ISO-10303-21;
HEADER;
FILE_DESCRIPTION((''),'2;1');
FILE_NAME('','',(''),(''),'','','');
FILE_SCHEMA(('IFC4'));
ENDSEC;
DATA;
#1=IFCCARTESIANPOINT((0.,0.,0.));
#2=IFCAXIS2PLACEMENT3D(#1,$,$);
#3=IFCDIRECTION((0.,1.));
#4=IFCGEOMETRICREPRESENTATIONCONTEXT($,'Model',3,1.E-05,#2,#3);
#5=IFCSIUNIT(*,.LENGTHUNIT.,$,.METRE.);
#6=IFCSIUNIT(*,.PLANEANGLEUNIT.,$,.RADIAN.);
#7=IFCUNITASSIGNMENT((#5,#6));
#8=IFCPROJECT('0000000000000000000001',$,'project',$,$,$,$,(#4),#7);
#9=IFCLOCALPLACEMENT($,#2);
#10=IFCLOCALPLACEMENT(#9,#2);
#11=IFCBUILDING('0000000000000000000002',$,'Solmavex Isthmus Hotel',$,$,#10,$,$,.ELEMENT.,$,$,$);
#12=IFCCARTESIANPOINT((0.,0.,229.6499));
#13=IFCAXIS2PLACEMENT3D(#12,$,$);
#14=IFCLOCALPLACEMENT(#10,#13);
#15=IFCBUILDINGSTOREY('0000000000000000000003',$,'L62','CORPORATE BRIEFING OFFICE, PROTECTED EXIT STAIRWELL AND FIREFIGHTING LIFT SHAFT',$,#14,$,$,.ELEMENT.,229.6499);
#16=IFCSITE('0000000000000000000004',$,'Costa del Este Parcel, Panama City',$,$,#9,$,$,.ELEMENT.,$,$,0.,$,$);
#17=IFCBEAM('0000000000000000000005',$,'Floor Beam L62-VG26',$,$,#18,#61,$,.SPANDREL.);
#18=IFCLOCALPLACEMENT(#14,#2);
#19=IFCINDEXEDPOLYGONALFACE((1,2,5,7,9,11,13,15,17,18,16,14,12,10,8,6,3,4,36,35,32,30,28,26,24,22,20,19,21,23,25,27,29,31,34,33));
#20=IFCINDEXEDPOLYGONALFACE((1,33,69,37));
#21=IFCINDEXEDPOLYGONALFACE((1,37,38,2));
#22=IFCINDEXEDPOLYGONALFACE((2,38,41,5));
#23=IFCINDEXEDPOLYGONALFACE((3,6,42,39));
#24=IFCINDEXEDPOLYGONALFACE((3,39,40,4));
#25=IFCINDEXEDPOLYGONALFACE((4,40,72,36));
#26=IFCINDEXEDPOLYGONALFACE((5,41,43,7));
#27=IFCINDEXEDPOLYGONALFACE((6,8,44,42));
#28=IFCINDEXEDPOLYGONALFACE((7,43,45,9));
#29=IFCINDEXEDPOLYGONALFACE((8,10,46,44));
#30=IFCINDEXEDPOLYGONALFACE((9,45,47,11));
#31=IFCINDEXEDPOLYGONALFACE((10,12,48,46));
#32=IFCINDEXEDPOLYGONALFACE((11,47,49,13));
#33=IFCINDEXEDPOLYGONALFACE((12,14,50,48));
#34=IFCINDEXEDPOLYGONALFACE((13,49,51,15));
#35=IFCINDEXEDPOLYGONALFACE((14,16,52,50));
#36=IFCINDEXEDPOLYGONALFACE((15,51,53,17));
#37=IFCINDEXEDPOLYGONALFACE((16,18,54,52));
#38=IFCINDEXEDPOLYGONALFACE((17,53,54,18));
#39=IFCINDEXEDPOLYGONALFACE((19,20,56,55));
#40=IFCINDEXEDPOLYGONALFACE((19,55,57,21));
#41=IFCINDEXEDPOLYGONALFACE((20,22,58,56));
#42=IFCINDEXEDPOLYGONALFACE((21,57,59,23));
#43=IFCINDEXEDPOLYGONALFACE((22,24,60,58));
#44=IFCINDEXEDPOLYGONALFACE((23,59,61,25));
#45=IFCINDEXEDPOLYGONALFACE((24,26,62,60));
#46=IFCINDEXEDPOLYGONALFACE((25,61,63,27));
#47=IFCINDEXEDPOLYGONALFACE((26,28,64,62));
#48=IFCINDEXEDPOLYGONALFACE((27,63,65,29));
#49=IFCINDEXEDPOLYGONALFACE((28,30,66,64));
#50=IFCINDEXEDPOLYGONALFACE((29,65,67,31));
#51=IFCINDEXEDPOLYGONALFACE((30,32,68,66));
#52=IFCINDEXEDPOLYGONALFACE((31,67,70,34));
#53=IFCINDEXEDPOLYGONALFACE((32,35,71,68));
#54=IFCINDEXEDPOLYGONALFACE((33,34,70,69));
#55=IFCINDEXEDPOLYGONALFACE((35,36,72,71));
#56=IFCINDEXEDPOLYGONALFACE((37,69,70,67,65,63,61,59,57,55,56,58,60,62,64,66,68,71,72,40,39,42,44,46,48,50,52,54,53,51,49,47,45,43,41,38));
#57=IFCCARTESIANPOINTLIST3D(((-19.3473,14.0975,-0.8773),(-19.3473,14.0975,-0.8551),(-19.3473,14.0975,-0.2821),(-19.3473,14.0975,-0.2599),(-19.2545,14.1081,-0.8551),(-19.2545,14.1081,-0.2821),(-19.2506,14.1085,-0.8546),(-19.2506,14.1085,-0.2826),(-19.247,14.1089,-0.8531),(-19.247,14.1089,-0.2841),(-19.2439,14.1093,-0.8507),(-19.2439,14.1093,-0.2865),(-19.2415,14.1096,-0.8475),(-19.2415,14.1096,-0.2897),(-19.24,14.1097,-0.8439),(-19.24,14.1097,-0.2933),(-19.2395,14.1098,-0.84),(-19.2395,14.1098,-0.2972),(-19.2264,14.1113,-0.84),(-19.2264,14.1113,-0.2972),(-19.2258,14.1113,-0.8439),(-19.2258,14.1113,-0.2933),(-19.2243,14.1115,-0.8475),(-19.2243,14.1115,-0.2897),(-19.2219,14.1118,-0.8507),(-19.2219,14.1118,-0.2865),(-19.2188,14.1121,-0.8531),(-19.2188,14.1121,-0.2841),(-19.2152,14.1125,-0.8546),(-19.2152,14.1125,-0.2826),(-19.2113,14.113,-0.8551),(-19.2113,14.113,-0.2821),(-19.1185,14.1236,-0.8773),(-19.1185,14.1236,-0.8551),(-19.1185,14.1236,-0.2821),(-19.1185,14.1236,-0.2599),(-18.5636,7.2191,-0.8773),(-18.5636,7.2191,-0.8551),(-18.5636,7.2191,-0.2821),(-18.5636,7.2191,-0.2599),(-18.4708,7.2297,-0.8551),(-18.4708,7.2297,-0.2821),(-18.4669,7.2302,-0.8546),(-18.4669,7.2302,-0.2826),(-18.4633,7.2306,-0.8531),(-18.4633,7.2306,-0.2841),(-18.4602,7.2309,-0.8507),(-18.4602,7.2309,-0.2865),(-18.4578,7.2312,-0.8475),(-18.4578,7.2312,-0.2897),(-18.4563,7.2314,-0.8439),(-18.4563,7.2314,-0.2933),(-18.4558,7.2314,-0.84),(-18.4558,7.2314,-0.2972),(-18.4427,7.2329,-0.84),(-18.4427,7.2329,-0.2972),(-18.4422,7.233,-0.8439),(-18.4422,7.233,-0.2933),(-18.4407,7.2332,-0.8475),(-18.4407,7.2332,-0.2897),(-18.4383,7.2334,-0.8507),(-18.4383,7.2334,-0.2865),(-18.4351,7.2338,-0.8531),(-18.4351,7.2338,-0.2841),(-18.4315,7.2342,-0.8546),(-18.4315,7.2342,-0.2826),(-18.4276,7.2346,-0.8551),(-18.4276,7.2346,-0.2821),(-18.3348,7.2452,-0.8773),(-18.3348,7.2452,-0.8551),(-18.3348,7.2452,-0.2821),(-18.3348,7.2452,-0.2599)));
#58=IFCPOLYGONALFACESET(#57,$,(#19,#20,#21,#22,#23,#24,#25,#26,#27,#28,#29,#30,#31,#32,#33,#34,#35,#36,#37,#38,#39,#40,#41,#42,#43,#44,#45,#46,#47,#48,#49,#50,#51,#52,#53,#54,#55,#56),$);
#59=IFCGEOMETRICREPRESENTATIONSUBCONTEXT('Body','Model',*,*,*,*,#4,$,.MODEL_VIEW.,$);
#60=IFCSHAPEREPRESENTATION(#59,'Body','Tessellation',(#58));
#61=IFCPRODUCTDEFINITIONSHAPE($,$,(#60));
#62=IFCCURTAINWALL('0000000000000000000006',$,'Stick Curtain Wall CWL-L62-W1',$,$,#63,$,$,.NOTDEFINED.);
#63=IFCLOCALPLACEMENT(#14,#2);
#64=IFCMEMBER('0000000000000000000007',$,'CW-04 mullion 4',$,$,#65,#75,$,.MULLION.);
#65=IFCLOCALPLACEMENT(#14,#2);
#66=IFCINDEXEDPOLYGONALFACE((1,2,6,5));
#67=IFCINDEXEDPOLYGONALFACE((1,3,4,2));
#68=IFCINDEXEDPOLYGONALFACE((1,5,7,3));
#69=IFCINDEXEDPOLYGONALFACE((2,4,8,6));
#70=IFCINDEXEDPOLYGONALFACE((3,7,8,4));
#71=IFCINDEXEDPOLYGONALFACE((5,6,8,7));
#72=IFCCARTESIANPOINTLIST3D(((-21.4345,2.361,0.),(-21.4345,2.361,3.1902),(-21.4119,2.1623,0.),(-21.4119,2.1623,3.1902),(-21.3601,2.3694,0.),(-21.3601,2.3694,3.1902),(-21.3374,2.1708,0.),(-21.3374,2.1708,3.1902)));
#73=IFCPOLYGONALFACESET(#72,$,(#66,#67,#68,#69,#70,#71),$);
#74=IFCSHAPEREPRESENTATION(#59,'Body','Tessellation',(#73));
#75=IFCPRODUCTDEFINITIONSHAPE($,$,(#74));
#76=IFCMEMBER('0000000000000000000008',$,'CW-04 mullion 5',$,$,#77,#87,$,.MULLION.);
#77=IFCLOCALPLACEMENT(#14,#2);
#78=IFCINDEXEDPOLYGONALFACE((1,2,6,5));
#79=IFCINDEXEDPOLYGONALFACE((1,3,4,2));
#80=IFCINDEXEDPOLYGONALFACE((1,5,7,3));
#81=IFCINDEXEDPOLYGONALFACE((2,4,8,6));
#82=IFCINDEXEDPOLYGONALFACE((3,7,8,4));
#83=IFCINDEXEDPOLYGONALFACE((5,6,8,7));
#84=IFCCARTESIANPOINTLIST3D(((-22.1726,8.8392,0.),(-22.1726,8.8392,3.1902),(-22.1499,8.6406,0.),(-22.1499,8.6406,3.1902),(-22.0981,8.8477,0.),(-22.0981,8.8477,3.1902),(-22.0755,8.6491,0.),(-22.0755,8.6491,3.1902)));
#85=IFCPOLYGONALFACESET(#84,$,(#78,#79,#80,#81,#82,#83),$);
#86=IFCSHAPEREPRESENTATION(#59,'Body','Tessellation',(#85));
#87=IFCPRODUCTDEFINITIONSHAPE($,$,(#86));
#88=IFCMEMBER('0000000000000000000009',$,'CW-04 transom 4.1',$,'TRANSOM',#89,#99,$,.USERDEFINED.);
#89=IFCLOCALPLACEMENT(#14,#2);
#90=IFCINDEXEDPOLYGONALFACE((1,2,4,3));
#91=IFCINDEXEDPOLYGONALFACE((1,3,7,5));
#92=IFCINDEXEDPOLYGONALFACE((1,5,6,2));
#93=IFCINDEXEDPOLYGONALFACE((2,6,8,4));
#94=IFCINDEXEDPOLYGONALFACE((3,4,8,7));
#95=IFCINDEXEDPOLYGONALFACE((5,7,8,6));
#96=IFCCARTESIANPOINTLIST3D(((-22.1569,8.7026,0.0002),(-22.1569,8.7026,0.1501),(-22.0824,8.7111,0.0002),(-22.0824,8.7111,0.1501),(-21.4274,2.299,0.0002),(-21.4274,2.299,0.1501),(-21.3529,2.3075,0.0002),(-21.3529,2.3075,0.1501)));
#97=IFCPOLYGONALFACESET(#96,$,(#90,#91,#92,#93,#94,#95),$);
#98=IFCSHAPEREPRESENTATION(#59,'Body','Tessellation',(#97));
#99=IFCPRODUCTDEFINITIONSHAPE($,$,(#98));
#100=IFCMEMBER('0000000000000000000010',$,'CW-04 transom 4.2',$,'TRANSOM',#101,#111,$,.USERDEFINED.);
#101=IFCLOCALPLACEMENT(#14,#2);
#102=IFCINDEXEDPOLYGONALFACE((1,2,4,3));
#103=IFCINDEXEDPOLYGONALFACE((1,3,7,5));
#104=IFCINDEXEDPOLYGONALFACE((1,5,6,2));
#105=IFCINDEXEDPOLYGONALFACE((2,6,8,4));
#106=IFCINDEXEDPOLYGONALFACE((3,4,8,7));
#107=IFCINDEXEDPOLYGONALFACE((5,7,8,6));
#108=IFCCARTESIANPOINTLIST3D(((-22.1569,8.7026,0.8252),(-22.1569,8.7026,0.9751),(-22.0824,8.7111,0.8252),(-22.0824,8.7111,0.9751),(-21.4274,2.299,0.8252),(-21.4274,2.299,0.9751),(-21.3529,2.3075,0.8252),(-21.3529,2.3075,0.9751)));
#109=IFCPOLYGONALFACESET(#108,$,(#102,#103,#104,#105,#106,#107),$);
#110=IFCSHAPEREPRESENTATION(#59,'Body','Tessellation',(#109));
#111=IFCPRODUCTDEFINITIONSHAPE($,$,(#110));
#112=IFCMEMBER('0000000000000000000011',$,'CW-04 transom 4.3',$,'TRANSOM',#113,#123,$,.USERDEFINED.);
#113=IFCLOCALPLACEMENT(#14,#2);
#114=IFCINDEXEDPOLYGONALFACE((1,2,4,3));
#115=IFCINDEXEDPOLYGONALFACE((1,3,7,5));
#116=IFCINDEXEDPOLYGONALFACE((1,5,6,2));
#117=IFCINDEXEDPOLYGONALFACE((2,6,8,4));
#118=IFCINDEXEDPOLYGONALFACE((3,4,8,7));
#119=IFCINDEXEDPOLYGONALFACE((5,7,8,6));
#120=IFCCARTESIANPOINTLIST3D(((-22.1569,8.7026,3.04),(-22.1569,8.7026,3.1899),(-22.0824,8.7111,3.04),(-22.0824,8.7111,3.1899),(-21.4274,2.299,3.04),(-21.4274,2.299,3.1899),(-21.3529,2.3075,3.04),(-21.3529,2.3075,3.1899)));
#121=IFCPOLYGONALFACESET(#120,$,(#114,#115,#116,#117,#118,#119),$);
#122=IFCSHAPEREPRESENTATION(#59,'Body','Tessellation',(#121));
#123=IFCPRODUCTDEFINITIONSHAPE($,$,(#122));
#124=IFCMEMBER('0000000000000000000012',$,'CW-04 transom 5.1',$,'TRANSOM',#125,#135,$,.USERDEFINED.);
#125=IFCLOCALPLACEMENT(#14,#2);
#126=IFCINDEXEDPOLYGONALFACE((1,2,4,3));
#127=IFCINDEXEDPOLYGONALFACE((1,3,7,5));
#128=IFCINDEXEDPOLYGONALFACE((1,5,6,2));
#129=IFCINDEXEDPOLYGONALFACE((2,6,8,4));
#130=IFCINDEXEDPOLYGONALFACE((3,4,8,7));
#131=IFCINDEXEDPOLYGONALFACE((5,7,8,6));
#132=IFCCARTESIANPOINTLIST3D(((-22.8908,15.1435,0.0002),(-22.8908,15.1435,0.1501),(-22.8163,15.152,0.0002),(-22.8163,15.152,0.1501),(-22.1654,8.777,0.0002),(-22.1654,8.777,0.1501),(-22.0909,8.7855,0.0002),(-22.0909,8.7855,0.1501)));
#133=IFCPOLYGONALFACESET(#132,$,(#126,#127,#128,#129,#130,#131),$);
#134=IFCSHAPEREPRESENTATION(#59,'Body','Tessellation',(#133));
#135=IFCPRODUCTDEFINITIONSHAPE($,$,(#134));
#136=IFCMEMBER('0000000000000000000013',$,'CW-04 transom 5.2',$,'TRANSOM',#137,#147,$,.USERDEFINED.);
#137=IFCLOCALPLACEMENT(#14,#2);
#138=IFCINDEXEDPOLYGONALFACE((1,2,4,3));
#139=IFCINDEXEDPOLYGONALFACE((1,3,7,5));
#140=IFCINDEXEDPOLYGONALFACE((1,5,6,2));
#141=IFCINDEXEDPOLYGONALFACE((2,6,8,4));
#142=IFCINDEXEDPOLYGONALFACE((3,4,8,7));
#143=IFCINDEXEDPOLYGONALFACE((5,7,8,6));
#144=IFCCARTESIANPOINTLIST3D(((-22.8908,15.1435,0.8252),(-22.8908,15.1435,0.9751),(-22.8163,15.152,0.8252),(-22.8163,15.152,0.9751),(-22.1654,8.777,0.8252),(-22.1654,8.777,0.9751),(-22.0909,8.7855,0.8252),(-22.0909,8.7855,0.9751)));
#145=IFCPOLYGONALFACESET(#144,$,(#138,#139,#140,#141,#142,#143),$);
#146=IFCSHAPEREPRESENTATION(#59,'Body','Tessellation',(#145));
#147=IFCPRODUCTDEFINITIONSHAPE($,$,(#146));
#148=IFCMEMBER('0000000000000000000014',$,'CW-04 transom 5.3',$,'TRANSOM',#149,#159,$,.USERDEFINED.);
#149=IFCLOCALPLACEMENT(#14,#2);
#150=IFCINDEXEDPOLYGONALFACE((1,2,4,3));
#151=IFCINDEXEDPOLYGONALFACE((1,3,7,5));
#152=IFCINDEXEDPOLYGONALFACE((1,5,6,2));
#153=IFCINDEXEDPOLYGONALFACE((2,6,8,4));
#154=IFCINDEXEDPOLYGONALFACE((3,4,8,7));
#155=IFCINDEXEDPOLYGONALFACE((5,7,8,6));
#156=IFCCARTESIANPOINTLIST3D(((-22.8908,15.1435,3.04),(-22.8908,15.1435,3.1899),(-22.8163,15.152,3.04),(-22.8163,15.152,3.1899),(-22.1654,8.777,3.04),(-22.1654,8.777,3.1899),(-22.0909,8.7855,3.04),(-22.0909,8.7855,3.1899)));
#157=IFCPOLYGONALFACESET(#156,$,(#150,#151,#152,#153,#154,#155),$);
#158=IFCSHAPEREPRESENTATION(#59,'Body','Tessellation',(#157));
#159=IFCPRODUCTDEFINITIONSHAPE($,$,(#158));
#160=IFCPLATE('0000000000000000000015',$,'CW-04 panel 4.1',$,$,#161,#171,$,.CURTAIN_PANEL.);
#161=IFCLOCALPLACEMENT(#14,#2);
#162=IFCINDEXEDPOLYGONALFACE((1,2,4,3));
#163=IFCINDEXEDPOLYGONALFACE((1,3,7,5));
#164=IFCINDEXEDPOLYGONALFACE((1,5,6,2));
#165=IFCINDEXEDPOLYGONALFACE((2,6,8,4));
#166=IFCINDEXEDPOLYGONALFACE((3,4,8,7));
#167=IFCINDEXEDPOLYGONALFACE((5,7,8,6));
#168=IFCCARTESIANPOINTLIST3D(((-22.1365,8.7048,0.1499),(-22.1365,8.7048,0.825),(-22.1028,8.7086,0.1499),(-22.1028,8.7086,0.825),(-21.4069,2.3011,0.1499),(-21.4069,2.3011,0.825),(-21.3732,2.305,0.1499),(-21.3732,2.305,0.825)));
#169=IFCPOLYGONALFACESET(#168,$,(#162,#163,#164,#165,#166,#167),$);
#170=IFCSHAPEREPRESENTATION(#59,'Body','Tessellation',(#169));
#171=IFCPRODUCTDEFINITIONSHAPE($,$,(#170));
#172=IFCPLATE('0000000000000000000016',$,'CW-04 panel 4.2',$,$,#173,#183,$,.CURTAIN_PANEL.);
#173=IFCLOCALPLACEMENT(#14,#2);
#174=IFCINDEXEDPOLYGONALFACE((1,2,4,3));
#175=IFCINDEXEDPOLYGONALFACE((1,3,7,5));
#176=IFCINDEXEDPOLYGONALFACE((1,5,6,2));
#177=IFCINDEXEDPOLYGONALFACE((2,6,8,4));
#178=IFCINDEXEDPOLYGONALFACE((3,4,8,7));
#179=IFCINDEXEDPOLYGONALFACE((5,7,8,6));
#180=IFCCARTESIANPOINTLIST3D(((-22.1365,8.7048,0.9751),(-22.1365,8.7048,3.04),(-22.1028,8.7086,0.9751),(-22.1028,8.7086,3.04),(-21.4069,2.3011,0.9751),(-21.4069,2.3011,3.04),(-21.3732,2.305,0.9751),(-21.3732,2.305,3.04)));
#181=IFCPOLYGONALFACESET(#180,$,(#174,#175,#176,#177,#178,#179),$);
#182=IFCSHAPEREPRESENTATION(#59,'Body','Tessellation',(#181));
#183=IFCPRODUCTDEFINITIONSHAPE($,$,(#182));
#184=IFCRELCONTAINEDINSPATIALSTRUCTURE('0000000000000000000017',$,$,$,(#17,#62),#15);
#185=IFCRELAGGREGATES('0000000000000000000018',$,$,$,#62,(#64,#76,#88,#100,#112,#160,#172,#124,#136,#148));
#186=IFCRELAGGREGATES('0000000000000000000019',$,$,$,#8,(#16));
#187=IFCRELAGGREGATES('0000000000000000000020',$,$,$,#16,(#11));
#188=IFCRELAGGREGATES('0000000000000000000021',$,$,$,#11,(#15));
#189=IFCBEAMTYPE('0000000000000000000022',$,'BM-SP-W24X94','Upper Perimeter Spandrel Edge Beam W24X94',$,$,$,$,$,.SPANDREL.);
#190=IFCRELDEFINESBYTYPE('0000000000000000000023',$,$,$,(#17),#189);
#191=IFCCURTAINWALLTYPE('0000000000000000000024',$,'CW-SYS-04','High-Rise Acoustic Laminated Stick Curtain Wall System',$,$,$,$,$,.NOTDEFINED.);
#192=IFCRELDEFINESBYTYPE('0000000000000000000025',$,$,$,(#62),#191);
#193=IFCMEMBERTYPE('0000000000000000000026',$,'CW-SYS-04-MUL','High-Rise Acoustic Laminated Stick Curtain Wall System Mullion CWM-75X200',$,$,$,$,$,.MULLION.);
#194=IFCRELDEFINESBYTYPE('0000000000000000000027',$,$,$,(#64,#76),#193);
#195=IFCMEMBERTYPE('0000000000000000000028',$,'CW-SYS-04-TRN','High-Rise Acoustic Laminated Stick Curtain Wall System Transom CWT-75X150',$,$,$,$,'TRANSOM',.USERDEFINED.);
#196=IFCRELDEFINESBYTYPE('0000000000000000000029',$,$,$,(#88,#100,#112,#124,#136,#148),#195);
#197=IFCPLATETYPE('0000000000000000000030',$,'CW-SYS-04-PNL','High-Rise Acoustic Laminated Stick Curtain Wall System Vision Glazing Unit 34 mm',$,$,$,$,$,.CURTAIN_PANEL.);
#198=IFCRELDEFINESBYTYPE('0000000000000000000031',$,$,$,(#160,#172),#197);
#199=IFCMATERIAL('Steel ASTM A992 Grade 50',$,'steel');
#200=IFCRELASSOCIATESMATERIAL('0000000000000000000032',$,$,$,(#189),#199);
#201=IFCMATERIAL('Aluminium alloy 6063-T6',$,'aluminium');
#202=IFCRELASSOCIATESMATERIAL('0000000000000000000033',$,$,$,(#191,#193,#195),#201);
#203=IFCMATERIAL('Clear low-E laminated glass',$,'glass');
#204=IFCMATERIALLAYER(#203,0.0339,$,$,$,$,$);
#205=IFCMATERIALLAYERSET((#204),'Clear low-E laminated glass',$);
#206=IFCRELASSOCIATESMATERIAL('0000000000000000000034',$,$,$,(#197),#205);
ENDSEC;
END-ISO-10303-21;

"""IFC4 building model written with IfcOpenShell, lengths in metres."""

from ifc_helpers import new_model, si_unit, direction, frame, origin, origin_2d, place, context, subcontext, project, spatial, rectangle, i_section, extrude, material, layer, layer_set, material_profile, profile_set, type_object, element, aggregate, save


model = new_model("IFC4")

# Units and contexts
model_context = context("Model", 3, precision=1e-05, world=origin(), true_north=direction((0.0, 1.0)))
body_context = subcontext(model_context, "Body", "Model", "MODEL_VIEW")
ifc_project = project(units=[si_unit("LENGTHUNIT", "METRE"), si_unit("PLANEANGLEUNIT", "RADIAN")], contexts=[model_context])

# Site, building, storey
site_placement = place(None, origin())
site = spatial("IfcSite", under=ifc_project, at=site_placement, Name="Costa del Este Parcel, Panama City", CompositionType="ELEMENT", RefElevation=0.0)
building_placement = place(site_placement, origin())
building = spatial("IfcBuilding", under=site, at=building_placement, Name="Solmavex Isthmus Hotel", CompositionType="ELEMENT")
storey_placement = place(building_placement, frame((0.0, 0.0, 229.6499)))
storey = spatial("IfcBuildingStorey", under=building, at=storey_placement, Name="L62", Description="CORPORATE BRIEFING OFFICE, PROTECTED EXIT STAIRWELL AND FIREFIGHTING LIFT SHAFT", CompositionType="ELEMENT", Elevation=229.6499)

# Beam
ifc_material_1 = material(Name="Steel ASTM A992 Grade 50", Category="steel")
ifc_material_profile_1 = material_profile(ifc_material_1, i_section(OverallWidth=0.2302, OverallDepth=0.6174, WebThickness=0.0132, FlangeThickness=0.0222, FilletRadius=0.0151, at=origin_2d()), Name="W24X94")
ifc_profile_set_1 = profile_set([ifc_material_profile_1], Name="Steel ASTM A992 Grade 50")
beam_type_1 = type_object("IfcBeamType", Name="BM-SP-W24X94", Description="Upper Perimeter Spandrel Edge Beam W24X94", PredefinedType="SPANDREL", material=ifc_profile_set_1)
beam_1_placement = place(storey_placement, frame((-18.4492, 7.2322, -0.5686), z_axis=(-0.113202, 0.993572, 0.0), x_axis=(-0.993572, -0.113202, 0.0)))
element("IfcBeam", 1, at=beam_1_placement, inside=storey, type_object=beam_type_1, Name="Floor Beam L62-VG26", PredefinedType="SPANDREL", context=body_context, shape_type="SweptSolid", body=[
    extrude(i_section(OverallWidth=0.2302, OverallDepth=0.6174, WebThickness=0.0132, FlangeThickness=0.0222, FilletRadius=0.0151, at=origin_2d()), origin(), (0.0, 0.0, 1.0), 6.9229),
])

# Curtain wall, members, plates
ifc_material_2 = material(Name="Aluminium alloy 6063-T6", Category="aluminium")
curtain_wall_type = type_object("IfcCurtainWallType", Name="CW-SYS-04", Description="High-Rise Acoustic Laminated Stick Curtain Wall System", PredefinedType="NOTDEFINED", material=ifc_material_2)
curtain_wall_placement = place(storey_placement, origin())
curtain_wall = element("IfcCurtainWall", 2, at=curtain_wall_placement, inside=storey, type_object=curtain_wall_type, Name="Stick Curtain Wall CWL-L62-W1", PredefinedType="NOTDEFINED")
ifc_material_profile_2 = material_profile(ifc_material_2, rectangle(XDim=0.075, YDim=0.2, at=origin_2d()), Name="CWM-75X200")
ifc_profile_set_2 = profile_set([ifc_material_profile_2], Name="Aluminium alloy 6063-T6")
member_type_1 = type_object("IfcMemberType", Name="CW-SYS-04-MUL", Description="High-Rise Acoustic Laminated Stick Curtain Wall System Mullion CWM-75X200", PredefinedType="MULLION", material=ifc_profile_set_2)
member_1_placement = place(storey_placement, frame((-21.386, 2.2659, 0.0), z_axis=(0.0, 0.0, 1.0), x_axis=(-0.993572, -0.113203, 0.0)))
member_1 = element("IfcMember", 3, at=member_1_placement, type_object=member_type_1, Name="CW-04 mullion 4", PredefinedType="MULLION", context=body_context, shape_type="SweptSolid", body=[
    extrude(rectangle(XDim=0.075, YDim=0.2, at=origin_2d()), origin(), (0.0, 0.0, 1.0), 3.1902),
])
member_2_placement = place(storey_placement, frame((-22.124, 8.7441, 0.0), z_axis=(0.0, 0.0, 1.0), x_axis=(-0.993572, -0.113203, 0.0)))
member_2 = element("IfcMember", 4, at=member_2_placement, type_object=member_type_1, Name="CW-04 mullion 5", PredefinedType="MULLION", context=body_context, shape_type="SweptSolid", body=[
    extrude(rectangle(XDim=0.075, YDim=0.2, at=origin_2d()), origin(), (0.0, 0.0, 1.0), 3.1902),
])
ifc_material_profile_3 = material_profile(ifc_material_2, rectangle(XDim=0.075, YDim=0.1499, at=origin_2d()), Name="CWT-75X150")
ifc_profile_set_3 = profile_set([ifc_material_profile_3], Name="Aluminium alloy 6063-T6")
member_type_2 = type_object("IfcMemberType", Name="CW-SYS-04-TRN", Description="High-Rise Acoustic Laminated Stick Curtain Wall System Transom CWT-75X150", ElementType="TRANSOM", PredefinedType="USERDEFINED", material=ifc_profile_set_3)
member_3_placement = place(storey_placement, frame((-21.3901, 2.3032, 0.0752), z_axis=(-0.113188, 0.993574, 0.0), x_axis=(-0.993574, -0.113188, 0.0)))
member_3 = element("IfcMember", 5, at=member_3_placement, type_object=member_type_2, Name="CW-04 transom 4.1", ObjectType="TRANSOM", PredefinedType="USERDEFINED", context=body_context, shape_type="SweptSolid", body=[
    extrude(rectangle(XDim=0.075, YDim=0.1499, at=origin_2d()), origin(), (0.0, 0.0, 1.0), 6.4451),
])
member_4_placement = place(storey_placement, frame((-21.3901, 2.3032, 0.9001), z_axis=(-0.113188, 0.993574, 0.0), x_axis=(-0.993574, -0.113188, 0.0)))
member_4 = element("IfcMember", 6, at=member_4_placement, type_object=member_type_2, Name="CW-04 transom 4.2", ObjectType="TRANSOM", PredefinedType="USERDEFINED", context=body_context, shape_type="SweptSolid", body=[
    extrude(rectangle(XDim=0.075, YDim=0.1499, at=origin_2d()), origin(), (0.0, 0.0, 1.0), 6.4451),
])
member_5_placement = place(storey_placement, frame((-21.3901, 2.3032, 3.115), z_axis=(-0.113188, 0.993574, 0.0), x_axis=(-0.993574, -0.113188, 0.0)))
member_5 = element("IfcMember", 7, at=member_5_placement, type_object=member_type_2, Name="CW-04 transom 4.3", ObjectType="TRANSOM", PredefinedType="USERDEFINED", context=body_context, shape_type="SweptSolid", body=[
    extrude(rectangle(XDim=0.075, YDim=0.1499, at=origin_2d()), origin(), (0.0, 0.0, 1.0), 6.4451),
])
member_6_placement = place(storey_placement, frame((-22.1282, 8.7812, 0.0752), z_axis=(-0.113199, 0.993572, 0.0), x_axis=(-0.993572, -0.113199, 0.0)))
member_6 = element("IfcMember", 8, at=member_6_placement, type_object=member_type_2, Name="CW-04 transom 5.1", ObjectType="TRANSOM", PredefinedType="USERDEFINED", context=body_context, shape_type="SweptSolid", body=[
    extrude(rectangle(XDim=0.075, YDim=0.1499, at=origin_2d()), origin(), (0.0, 0.0, 1.0), 6.4077),
])
member_7_placement = place(storey_placement, frame((-22.1282, 8.7812, 0.9001), z_axis=(-0.113199, 0.993572, 0.0), x_axis=(-0.993572, -0.113199, 0.0)))
member_7 = element("IfcMember", 9, at=member_7_placement, type_object=member_type_2, Name="CW-04 transom 5.2", ObjectType="TRANSOM", PredefinedType="USERDEFINED", context=body_context, shape_type="SweptSolid", body=[
    extrude(rectangle(XDim=0.075, YDim=0.1499, at=origin_2d()), origin(), (0.0, 0.0, 1.0), 6.4077),
])
member_8_placement = place(storey_placement, frame((-22.1282, 8.7812, 3.115), z_axis=(-0.113199, 0.993572, 0.0), x_axis=(-0.993572, -0.113199, 0.0)))
member_8 = element("IfcMember", 10, at=member_8_placement, type_object=member_type_2, Name="CW-04 transom 5.3", ObjectType="TRANSOM", PredefinedType="USERDEFINED", context=body_context, shape_type="SweptSolid", body=[
    extrude(rectangle(XDim=0.075, YDim=0.1499, at=origin_2d()), origin(), (0.0, 0.0, 1.0), 6.4077),
])
ifc_material_3 = material(Name="Clear low-E laminated glass", Category="glass")
ifc_layer_1 = layer(ifc_material_3, 0.0339)
ifc_layer_set_1 = layer_set([ifc_layer_1], Name="Clear low-E laminated glass")
plate_type = type_object("IfcPlateType", Name="CW-SYS-04-PNL", Description="High-Rise Acoustic Laminated Stick Curtain Wall System Vision Glazing Unit 34 mm", PredefinedType="CURTAIN_PANEL", material=ifc_layer_set_1)
plate_1_placement = place(storey_placement, frame((-21.7549, 5.5049, 0.1499), z_axis=(0.0, 0.0, 1.0), x_axis=(-0.113203, 0.993572, 0.0)))
plate_1 = element("IfcPlate", 11, at=plate_1_placement, type_object=plate_type, Name="CW-04 panel 4.1", PredefinedType="CURTAIN_PANEL", context=body_context, shape_type="SweptSolid", body=[
    extrude(rectangle(XDim=6.4451, YDim=0.0339, at=origin_2d()), origin(), (0.0, 0.0, 1.0), 0.675),
])
plate_2_placement = place(storey_placement, frame((-21.7549, 5.5049, 0.9751), z_axis=(0.0, 0.0, 1.0), x_axis=(-0.113203, 0.993572, 0.0)))
plate_2 = element("IfcPlate", 12, at=plate_2_placement, type_object=plate_type, Name="CW-04 panel 4.2", PredefinedType="CURTAIN_PANEL", context=body_context, shape_type="SweptSolid", body=[
    extrude(rectangle(XDim=6.4451, YDim=0.0339, at=origin_2d()), origin(), (0.0, 0.0, 1.0), 2.0649),
])
aggregate(curtain_wall, [member_1, member_2, member_3, member_4, member_5, plate_1, plate_2, member_6, member_7, member_8])

save(model, "model.ifc")
